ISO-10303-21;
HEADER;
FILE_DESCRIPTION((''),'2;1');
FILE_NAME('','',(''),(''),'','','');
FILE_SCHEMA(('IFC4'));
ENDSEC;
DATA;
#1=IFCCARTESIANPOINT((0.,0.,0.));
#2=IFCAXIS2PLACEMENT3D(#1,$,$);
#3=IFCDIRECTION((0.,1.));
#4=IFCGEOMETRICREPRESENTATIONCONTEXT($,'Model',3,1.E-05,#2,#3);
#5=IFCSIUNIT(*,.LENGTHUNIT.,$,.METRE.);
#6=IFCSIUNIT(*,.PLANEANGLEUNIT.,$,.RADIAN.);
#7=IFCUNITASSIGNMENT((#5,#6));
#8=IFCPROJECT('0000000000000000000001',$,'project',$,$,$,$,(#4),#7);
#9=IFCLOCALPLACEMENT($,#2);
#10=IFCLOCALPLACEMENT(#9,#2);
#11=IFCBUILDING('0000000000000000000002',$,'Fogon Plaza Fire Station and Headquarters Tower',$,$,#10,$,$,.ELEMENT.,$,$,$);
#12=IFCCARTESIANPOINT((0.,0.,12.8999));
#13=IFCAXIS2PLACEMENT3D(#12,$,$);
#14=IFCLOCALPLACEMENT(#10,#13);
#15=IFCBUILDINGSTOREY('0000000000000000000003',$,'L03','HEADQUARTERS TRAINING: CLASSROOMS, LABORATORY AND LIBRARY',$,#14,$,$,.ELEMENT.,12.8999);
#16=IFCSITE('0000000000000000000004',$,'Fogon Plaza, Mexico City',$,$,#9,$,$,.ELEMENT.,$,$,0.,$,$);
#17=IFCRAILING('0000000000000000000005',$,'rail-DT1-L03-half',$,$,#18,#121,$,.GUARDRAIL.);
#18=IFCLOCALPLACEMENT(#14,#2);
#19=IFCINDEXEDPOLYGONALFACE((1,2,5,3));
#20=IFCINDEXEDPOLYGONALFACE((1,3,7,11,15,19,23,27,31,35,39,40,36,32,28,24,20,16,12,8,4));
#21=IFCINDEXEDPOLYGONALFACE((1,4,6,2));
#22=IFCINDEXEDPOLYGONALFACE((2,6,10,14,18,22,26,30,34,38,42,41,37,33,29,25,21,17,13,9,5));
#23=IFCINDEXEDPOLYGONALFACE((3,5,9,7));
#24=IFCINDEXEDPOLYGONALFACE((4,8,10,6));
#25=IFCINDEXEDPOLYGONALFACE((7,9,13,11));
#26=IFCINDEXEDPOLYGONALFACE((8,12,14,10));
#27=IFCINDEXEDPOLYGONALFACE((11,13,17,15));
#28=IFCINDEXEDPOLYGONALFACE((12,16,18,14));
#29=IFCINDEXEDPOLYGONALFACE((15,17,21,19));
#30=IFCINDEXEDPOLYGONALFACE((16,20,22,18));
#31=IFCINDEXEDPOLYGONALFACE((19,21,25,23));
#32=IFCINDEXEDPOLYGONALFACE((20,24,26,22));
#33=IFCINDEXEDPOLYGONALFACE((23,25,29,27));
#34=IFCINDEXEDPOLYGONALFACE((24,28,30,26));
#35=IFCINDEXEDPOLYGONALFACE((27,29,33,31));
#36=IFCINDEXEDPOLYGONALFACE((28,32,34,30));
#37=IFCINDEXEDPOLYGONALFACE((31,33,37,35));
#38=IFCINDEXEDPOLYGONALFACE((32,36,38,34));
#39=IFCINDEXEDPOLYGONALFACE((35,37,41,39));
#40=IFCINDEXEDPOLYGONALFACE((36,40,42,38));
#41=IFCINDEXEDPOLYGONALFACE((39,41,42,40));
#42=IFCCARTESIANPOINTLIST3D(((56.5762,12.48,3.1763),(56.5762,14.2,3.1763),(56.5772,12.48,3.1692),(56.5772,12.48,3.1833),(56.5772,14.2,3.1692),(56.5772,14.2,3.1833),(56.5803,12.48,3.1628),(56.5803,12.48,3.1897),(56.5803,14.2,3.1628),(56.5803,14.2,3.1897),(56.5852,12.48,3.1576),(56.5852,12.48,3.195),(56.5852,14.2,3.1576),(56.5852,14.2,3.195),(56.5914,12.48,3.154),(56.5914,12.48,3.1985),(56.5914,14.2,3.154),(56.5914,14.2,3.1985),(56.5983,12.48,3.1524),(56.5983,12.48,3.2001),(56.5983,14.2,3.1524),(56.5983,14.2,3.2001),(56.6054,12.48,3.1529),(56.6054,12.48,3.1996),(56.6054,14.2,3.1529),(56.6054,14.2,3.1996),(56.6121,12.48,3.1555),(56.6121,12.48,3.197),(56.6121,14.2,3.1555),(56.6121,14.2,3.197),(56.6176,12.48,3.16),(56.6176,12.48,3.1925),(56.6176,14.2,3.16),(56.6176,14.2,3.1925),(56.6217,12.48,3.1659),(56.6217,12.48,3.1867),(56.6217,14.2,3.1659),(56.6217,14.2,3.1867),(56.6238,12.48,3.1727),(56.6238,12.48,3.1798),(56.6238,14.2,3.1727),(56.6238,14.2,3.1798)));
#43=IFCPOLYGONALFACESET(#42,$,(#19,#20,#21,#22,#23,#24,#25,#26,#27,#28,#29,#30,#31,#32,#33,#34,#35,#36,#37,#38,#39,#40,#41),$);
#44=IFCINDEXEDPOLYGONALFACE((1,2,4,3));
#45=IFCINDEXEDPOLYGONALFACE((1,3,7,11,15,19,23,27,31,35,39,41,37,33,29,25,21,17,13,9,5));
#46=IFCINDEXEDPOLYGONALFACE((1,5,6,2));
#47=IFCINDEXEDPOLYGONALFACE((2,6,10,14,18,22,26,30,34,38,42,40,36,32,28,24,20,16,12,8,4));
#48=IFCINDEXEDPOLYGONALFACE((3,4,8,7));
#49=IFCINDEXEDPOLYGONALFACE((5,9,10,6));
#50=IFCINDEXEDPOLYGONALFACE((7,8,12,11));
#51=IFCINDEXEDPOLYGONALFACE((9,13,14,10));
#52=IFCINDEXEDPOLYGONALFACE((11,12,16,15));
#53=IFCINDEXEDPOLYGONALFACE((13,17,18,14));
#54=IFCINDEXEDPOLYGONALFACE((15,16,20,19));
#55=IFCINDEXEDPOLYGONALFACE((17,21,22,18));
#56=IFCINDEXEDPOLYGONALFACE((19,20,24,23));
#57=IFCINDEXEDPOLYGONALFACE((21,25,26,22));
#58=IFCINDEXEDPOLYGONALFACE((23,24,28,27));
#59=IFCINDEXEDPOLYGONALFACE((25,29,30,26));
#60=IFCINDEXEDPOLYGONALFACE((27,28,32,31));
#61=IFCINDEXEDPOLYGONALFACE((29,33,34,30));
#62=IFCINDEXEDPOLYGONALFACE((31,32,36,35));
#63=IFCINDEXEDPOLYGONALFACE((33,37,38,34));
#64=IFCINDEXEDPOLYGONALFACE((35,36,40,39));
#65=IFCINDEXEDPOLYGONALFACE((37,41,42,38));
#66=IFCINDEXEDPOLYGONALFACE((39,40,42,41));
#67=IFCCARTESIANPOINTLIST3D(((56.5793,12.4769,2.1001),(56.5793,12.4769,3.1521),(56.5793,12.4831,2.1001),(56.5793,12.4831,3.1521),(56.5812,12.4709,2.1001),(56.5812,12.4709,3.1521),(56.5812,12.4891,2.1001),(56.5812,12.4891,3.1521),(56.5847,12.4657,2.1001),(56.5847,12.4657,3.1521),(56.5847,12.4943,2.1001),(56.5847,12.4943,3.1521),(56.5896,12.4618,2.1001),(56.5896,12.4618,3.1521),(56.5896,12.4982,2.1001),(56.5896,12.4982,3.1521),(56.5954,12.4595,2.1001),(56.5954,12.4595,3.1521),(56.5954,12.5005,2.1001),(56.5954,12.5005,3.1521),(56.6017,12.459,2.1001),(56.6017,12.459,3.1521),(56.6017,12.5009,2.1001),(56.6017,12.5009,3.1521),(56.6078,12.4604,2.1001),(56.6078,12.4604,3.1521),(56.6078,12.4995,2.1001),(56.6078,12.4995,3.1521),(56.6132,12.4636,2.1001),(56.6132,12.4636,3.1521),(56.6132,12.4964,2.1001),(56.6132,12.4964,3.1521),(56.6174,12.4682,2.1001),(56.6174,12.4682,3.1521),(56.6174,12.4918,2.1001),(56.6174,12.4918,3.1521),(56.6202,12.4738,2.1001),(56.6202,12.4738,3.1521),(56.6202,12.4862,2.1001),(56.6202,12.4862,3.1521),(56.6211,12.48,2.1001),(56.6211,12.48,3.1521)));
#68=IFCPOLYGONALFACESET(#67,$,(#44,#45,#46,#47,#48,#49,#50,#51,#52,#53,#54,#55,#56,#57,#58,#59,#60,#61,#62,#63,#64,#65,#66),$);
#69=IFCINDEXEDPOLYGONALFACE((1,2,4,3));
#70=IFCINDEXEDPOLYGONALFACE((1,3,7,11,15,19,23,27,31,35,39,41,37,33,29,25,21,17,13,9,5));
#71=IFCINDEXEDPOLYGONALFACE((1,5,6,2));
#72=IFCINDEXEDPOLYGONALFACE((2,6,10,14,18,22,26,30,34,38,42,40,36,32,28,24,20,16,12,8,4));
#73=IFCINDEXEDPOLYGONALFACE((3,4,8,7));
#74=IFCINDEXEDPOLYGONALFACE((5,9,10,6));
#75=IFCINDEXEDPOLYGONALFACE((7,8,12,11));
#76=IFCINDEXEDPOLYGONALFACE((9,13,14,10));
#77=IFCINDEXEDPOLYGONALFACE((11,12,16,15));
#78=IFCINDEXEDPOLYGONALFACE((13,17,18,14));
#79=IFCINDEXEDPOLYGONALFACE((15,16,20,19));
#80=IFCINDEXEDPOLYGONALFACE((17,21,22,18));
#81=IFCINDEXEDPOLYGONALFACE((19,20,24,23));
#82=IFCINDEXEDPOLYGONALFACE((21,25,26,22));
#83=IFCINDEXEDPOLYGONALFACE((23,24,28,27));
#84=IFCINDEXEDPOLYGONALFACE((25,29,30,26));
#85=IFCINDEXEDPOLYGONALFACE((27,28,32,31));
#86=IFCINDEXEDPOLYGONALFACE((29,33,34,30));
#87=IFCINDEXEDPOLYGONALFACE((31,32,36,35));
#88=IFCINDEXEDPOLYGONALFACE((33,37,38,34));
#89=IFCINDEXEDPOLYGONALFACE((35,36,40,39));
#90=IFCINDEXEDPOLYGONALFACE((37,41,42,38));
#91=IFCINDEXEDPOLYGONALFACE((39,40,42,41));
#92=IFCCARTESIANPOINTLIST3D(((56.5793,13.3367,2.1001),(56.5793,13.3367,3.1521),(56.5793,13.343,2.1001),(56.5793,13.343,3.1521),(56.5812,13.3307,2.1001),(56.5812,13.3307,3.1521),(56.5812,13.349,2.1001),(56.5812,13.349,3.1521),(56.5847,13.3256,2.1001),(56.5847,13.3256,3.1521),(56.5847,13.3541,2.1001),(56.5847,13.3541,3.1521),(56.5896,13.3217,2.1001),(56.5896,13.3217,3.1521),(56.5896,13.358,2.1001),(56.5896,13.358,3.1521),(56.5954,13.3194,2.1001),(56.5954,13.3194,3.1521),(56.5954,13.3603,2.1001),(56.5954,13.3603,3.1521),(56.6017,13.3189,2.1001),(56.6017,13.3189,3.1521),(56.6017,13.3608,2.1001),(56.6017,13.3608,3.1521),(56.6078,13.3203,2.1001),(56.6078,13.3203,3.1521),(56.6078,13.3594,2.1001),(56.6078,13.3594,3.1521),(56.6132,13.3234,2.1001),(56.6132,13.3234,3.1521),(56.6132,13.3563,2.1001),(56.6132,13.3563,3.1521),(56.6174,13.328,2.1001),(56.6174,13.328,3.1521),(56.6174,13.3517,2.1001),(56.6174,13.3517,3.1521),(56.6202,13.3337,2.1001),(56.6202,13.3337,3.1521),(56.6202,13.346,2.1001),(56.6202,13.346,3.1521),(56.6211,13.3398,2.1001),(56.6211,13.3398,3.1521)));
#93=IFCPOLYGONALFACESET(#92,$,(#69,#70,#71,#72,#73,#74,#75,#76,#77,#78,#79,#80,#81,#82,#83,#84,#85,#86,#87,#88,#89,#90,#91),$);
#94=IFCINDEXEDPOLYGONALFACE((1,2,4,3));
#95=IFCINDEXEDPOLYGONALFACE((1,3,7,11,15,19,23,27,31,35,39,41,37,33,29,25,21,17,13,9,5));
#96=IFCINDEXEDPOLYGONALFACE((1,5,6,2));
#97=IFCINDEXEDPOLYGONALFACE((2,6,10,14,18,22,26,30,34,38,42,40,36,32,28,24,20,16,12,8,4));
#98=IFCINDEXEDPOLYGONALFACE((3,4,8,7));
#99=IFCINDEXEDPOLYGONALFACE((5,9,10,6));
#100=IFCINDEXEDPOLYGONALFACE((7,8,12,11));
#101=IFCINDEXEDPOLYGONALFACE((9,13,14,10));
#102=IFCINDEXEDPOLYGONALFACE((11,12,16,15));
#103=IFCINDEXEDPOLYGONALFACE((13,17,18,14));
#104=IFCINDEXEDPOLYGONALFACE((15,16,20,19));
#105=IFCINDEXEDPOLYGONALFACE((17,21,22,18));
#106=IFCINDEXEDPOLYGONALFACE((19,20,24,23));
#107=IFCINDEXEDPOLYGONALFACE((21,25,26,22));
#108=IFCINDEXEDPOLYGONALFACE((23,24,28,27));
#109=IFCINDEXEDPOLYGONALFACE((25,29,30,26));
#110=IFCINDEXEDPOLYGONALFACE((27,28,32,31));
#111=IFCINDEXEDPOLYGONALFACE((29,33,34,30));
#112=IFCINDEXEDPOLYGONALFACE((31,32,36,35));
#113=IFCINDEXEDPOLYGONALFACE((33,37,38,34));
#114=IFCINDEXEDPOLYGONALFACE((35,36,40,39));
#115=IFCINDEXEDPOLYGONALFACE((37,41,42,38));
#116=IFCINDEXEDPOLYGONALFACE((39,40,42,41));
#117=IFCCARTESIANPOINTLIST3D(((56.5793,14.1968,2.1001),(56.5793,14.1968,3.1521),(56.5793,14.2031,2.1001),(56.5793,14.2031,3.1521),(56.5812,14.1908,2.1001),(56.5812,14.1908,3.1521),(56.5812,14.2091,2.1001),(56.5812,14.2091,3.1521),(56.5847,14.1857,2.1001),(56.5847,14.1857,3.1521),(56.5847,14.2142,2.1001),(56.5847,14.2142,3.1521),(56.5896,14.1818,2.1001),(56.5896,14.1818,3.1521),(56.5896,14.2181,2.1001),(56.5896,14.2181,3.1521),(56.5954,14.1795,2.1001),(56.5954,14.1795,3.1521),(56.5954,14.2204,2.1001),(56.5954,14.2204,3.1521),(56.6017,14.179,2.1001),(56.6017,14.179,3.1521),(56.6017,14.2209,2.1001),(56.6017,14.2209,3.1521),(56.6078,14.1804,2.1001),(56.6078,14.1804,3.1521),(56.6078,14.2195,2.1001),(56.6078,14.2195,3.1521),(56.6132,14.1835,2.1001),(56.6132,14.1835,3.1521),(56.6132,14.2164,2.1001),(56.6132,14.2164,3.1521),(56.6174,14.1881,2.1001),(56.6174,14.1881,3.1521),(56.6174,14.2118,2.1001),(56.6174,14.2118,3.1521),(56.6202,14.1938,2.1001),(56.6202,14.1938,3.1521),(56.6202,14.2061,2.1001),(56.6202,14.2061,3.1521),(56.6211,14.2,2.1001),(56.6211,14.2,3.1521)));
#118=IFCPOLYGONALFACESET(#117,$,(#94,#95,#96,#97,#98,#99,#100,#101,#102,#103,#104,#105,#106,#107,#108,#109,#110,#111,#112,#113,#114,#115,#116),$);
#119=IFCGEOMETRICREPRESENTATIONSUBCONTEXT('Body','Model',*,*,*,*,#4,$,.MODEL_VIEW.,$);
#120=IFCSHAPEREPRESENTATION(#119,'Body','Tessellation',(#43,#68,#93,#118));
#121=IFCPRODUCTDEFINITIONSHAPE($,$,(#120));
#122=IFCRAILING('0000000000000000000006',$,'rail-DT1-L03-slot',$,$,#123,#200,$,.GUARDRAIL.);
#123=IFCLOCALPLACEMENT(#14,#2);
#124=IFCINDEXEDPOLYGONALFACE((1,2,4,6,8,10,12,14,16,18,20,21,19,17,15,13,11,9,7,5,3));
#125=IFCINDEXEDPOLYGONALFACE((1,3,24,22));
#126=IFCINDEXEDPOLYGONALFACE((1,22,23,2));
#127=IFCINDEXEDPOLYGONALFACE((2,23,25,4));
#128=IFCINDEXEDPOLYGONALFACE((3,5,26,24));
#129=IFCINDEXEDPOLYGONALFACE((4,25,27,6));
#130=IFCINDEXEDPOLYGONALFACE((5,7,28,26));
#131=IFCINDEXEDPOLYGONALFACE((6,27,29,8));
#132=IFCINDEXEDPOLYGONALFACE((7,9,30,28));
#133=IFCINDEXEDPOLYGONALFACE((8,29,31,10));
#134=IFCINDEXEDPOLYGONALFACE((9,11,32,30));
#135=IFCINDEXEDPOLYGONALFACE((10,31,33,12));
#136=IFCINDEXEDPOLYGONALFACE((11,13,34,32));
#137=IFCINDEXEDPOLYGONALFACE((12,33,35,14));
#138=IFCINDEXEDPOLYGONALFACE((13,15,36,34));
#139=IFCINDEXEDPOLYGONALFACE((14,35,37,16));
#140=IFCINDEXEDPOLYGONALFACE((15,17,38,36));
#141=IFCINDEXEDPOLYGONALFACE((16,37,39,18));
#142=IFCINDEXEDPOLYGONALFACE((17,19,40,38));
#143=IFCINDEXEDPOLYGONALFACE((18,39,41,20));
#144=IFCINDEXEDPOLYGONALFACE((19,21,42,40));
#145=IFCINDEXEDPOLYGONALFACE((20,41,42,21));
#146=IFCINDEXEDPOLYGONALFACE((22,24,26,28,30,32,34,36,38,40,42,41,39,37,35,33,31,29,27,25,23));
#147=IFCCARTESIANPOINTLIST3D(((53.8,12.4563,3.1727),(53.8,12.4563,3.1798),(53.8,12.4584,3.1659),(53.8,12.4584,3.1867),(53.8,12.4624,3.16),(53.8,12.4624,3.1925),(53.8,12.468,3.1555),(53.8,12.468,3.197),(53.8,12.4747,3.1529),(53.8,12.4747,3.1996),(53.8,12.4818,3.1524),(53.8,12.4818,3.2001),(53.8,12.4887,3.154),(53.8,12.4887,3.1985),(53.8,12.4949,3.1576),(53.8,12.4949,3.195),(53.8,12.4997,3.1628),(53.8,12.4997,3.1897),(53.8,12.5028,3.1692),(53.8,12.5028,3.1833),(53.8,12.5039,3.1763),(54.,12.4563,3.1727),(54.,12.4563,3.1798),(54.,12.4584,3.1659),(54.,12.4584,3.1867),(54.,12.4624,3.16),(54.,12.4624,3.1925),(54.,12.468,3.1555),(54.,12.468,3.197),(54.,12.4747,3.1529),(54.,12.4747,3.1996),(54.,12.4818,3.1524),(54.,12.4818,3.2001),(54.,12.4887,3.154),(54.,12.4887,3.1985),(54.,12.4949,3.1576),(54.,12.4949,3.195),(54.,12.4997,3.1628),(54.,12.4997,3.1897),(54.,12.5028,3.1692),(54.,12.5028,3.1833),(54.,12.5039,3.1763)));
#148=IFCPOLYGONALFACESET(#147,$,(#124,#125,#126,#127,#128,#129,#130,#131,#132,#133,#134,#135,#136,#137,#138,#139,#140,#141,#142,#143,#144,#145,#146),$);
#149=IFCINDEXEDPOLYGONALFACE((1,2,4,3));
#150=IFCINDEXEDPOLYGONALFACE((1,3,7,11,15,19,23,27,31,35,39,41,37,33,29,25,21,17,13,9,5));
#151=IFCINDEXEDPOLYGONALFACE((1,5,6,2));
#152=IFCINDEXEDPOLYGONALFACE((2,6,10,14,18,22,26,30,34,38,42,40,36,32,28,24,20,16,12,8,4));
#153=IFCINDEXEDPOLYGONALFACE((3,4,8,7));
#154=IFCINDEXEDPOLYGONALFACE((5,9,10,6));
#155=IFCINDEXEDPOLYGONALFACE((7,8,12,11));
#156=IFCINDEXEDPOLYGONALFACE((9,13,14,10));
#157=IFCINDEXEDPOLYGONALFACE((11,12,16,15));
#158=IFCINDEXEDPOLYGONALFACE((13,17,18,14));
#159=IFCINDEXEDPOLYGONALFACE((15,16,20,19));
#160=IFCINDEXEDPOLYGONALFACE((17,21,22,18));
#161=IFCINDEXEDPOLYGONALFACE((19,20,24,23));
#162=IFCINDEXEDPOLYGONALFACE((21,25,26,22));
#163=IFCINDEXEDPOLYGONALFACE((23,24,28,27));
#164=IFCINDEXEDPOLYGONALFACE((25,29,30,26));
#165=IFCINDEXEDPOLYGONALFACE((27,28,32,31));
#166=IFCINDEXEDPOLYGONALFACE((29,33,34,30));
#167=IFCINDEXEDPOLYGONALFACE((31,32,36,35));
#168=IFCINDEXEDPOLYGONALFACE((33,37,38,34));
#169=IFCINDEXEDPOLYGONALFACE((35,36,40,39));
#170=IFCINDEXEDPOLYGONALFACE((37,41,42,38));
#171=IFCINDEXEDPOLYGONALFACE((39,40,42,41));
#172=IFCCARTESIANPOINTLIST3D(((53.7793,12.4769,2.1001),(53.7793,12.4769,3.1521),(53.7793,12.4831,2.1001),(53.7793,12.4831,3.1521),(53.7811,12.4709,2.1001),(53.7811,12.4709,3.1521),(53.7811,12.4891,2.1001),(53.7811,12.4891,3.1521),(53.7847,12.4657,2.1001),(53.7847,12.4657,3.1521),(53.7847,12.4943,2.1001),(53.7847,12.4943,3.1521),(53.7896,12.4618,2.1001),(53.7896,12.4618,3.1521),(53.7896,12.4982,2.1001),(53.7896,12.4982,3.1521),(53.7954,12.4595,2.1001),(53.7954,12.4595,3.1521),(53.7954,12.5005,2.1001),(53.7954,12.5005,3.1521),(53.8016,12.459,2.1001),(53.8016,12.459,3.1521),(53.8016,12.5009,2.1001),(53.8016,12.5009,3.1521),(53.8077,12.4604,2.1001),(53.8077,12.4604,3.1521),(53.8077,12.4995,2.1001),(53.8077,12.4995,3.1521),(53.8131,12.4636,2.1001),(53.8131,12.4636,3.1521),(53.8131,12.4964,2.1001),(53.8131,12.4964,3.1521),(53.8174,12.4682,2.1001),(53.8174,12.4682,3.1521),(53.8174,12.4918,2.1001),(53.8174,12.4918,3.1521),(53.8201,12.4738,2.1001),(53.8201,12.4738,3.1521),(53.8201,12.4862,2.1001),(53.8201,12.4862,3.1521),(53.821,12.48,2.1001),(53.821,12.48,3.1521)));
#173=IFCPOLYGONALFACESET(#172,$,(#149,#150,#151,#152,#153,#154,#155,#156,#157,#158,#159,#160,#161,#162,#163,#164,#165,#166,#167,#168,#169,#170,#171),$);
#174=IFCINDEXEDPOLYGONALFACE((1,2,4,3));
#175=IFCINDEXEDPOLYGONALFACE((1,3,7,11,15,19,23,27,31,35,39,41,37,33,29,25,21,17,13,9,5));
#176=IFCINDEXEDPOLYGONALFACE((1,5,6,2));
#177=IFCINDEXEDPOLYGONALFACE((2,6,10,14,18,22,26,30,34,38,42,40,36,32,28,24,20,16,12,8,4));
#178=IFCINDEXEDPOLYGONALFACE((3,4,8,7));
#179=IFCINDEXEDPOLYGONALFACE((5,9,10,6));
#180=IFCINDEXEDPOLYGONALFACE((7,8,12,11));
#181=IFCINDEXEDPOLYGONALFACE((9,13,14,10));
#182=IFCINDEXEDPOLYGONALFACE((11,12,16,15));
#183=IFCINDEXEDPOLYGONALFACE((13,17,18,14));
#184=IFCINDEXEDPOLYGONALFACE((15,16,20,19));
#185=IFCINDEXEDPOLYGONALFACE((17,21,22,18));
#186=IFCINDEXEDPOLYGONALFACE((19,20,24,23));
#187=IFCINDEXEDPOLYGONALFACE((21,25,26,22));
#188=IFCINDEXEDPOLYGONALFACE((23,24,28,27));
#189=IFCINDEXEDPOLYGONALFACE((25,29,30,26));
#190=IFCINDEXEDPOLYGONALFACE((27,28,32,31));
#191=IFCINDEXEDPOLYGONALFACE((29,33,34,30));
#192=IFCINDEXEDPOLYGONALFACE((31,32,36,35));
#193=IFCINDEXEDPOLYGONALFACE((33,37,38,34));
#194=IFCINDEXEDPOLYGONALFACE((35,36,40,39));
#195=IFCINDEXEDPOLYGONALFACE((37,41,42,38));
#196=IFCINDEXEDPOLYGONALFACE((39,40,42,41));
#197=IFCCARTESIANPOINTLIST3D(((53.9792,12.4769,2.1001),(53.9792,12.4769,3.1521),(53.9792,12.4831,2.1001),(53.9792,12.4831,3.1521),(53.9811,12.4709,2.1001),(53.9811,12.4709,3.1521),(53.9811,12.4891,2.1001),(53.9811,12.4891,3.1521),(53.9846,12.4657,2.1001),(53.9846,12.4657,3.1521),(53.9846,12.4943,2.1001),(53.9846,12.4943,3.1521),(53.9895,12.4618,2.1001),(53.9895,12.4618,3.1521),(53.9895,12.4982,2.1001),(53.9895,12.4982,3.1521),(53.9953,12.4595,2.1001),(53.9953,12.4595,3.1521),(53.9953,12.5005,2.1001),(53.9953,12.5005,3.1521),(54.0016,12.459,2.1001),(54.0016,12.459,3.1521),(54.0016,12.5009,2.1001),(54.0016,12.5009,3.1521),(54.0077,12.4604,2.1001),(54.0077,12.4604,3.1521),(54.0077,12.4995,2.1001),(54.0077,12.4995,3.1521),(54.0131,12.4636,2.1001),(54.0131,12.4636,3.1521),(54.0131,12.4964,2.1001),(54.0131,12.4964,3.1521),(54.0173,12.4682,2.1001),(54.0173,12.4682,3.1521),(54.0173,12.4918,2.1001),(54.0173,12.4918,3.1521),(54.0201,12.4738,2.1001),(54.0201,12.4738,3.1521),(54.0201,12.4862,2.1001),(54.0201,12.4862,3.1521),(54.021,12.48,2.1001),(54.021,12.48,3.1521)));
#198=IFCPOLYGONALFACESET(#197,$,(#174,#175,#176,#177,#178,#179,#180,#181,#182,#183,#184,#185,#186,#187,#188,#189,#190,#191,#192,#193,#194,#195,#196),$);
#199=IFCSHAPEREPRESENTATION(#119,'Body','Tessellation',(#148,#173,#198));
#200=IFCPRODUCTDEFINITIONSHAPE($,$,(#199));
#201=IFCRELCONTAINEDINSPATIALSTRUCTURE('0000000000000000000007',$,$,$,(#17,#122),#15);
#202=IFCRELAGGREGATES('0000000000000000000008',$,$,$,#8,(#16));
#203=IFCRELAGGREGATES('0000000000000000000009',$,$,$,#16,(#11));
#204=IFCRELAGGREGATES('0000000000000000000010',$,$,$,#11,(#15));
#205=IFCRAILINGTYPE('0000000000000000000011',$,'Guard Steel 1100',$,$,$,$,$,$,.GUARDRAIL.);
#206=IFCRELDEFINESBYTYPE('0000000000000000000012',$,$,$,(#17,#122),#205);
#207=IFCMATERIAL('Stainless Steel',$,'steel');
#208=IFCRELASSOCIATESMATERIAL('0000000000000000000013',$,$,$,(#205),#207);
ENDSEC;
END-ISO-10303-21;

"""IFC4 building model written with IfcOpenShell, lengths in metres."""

from ifc_helpers import new_model, si_unit, direction, frame, origin, origin_2d, place, context, subcontext, project, spatial, circle, extrude, material, type_object, element, save


model = new_model("IFC4")

# Units and contexts
model_context = context("Model", 3, precision=1e-05, world=origin(), true_north=direction((0.0, 1.0)))
body_context = subcontext(model_context, "Body", "Model", "MODEL_VIEW")
ifc_project = project(units=[si_unit("LENGTHUNIT", "METRE"), si_unit("PLANEANGLEUNIT", "RADIAN")], contexts=[model_context])

# Site, building, storey
site_placement = place(None, origin())
site = spatial("IfcSite", under=ifc_project, at=site_placement, Name="Fogon Plaza, Mexico City", CompositionType="ELEMENT", RefElevation=0.0)
building_placement = place(site_placement, origin())
building = spatial("IfcBuilding", under=site, at=building_placement, Name="Fogon Plaza Fire Station and Headquarters Tower", CompositionType="ELEMENT")
storey_placement = place(building_placement, frame((0.0, 0.0, 12.8999)))
storey = spatial("IfcBuildingStorey", under=building, at=storey_placement, Name="L03", Description="HEADQUARTERS TRAINING: CLASSROOMS, LABORATORY AND LIBRARY", CompositionType="ELEMENT", Elevation=12.8999)

# Railings
ifc_material_1 = material(Name="Stainless Steel", Category="steel")
railing_type_1 = type_object("IfcRailingType", Name="Guard Steel 1100", PredefinedType="GUARDRAIL", material=ifc_material_1)
railing_1_placement = place(storey_placement, frame((56.6001, 12.48, 2.1001)))
element("IfcRailing", 1, at=railing_1_placement, inside=storey, type_object=railing_type_1, Name="rail-DT1-L03-half", PredefinedType="GUARDRAIL", context=body_context, shape_type="SweptSolid", body=[
    extrude(circle(Radius=0.0239, at=origin_2d()), frame((0.0, 0.0, 1.0762), z_axis=(0.0, 1.0, 0.0), x_axis=(-1.0, 0.0, 0.0)), (0.0, 0.0, 1.0), 1.72),
    extrude(circle(Radius=0.021, at=origin_2d()), origin(), (0.0, 0.0, 1.0), 1.052),
    extrude(circle(Radius=0.021, at=origin_2d()), frame((0.0, 0.8599, 0.0)), (0.0, 0.0, 1.0), 1.052),
    extrude(circle(Radius=0.021, at=origin_2d()), frame((0.0, 1.72, 0.0)), (0.0, 0.0, 1.0), 1.052),
])
railing_2_placement = place(storey_placement, frame((53.8, 12.48, 2.1001)))
element("IfcRailing", 2, at=railing_2_placement, inside=storey, type_object=railing_type_1, Name="rail-DT1-L03-slot", PredefinedType="GUARDRAIL", context=body_context, shape_type="SweptSolid", body=[
    extrude(circle(Radius=0.0239, at=origin_2d()), frame((0.0, 0.0, 1.0762), z_axis=(1.0, 0.0, 0.0), x_axis=(0.0, 1.0, 0.0)), (0.0, 0.0, 1.0), 0.2),
    extrude(circle(Radius=0.021, at=origin_2d()), origin(), (0.0, 0.0, 1.0), 1.052),
    extrude(circle(Radius=0.021, at=origin_2d()), frame((0.2, 0.0, 0.0)), (0.0, 0.0, 1.0), 1.052),
])

save(model, "model.ifc")
